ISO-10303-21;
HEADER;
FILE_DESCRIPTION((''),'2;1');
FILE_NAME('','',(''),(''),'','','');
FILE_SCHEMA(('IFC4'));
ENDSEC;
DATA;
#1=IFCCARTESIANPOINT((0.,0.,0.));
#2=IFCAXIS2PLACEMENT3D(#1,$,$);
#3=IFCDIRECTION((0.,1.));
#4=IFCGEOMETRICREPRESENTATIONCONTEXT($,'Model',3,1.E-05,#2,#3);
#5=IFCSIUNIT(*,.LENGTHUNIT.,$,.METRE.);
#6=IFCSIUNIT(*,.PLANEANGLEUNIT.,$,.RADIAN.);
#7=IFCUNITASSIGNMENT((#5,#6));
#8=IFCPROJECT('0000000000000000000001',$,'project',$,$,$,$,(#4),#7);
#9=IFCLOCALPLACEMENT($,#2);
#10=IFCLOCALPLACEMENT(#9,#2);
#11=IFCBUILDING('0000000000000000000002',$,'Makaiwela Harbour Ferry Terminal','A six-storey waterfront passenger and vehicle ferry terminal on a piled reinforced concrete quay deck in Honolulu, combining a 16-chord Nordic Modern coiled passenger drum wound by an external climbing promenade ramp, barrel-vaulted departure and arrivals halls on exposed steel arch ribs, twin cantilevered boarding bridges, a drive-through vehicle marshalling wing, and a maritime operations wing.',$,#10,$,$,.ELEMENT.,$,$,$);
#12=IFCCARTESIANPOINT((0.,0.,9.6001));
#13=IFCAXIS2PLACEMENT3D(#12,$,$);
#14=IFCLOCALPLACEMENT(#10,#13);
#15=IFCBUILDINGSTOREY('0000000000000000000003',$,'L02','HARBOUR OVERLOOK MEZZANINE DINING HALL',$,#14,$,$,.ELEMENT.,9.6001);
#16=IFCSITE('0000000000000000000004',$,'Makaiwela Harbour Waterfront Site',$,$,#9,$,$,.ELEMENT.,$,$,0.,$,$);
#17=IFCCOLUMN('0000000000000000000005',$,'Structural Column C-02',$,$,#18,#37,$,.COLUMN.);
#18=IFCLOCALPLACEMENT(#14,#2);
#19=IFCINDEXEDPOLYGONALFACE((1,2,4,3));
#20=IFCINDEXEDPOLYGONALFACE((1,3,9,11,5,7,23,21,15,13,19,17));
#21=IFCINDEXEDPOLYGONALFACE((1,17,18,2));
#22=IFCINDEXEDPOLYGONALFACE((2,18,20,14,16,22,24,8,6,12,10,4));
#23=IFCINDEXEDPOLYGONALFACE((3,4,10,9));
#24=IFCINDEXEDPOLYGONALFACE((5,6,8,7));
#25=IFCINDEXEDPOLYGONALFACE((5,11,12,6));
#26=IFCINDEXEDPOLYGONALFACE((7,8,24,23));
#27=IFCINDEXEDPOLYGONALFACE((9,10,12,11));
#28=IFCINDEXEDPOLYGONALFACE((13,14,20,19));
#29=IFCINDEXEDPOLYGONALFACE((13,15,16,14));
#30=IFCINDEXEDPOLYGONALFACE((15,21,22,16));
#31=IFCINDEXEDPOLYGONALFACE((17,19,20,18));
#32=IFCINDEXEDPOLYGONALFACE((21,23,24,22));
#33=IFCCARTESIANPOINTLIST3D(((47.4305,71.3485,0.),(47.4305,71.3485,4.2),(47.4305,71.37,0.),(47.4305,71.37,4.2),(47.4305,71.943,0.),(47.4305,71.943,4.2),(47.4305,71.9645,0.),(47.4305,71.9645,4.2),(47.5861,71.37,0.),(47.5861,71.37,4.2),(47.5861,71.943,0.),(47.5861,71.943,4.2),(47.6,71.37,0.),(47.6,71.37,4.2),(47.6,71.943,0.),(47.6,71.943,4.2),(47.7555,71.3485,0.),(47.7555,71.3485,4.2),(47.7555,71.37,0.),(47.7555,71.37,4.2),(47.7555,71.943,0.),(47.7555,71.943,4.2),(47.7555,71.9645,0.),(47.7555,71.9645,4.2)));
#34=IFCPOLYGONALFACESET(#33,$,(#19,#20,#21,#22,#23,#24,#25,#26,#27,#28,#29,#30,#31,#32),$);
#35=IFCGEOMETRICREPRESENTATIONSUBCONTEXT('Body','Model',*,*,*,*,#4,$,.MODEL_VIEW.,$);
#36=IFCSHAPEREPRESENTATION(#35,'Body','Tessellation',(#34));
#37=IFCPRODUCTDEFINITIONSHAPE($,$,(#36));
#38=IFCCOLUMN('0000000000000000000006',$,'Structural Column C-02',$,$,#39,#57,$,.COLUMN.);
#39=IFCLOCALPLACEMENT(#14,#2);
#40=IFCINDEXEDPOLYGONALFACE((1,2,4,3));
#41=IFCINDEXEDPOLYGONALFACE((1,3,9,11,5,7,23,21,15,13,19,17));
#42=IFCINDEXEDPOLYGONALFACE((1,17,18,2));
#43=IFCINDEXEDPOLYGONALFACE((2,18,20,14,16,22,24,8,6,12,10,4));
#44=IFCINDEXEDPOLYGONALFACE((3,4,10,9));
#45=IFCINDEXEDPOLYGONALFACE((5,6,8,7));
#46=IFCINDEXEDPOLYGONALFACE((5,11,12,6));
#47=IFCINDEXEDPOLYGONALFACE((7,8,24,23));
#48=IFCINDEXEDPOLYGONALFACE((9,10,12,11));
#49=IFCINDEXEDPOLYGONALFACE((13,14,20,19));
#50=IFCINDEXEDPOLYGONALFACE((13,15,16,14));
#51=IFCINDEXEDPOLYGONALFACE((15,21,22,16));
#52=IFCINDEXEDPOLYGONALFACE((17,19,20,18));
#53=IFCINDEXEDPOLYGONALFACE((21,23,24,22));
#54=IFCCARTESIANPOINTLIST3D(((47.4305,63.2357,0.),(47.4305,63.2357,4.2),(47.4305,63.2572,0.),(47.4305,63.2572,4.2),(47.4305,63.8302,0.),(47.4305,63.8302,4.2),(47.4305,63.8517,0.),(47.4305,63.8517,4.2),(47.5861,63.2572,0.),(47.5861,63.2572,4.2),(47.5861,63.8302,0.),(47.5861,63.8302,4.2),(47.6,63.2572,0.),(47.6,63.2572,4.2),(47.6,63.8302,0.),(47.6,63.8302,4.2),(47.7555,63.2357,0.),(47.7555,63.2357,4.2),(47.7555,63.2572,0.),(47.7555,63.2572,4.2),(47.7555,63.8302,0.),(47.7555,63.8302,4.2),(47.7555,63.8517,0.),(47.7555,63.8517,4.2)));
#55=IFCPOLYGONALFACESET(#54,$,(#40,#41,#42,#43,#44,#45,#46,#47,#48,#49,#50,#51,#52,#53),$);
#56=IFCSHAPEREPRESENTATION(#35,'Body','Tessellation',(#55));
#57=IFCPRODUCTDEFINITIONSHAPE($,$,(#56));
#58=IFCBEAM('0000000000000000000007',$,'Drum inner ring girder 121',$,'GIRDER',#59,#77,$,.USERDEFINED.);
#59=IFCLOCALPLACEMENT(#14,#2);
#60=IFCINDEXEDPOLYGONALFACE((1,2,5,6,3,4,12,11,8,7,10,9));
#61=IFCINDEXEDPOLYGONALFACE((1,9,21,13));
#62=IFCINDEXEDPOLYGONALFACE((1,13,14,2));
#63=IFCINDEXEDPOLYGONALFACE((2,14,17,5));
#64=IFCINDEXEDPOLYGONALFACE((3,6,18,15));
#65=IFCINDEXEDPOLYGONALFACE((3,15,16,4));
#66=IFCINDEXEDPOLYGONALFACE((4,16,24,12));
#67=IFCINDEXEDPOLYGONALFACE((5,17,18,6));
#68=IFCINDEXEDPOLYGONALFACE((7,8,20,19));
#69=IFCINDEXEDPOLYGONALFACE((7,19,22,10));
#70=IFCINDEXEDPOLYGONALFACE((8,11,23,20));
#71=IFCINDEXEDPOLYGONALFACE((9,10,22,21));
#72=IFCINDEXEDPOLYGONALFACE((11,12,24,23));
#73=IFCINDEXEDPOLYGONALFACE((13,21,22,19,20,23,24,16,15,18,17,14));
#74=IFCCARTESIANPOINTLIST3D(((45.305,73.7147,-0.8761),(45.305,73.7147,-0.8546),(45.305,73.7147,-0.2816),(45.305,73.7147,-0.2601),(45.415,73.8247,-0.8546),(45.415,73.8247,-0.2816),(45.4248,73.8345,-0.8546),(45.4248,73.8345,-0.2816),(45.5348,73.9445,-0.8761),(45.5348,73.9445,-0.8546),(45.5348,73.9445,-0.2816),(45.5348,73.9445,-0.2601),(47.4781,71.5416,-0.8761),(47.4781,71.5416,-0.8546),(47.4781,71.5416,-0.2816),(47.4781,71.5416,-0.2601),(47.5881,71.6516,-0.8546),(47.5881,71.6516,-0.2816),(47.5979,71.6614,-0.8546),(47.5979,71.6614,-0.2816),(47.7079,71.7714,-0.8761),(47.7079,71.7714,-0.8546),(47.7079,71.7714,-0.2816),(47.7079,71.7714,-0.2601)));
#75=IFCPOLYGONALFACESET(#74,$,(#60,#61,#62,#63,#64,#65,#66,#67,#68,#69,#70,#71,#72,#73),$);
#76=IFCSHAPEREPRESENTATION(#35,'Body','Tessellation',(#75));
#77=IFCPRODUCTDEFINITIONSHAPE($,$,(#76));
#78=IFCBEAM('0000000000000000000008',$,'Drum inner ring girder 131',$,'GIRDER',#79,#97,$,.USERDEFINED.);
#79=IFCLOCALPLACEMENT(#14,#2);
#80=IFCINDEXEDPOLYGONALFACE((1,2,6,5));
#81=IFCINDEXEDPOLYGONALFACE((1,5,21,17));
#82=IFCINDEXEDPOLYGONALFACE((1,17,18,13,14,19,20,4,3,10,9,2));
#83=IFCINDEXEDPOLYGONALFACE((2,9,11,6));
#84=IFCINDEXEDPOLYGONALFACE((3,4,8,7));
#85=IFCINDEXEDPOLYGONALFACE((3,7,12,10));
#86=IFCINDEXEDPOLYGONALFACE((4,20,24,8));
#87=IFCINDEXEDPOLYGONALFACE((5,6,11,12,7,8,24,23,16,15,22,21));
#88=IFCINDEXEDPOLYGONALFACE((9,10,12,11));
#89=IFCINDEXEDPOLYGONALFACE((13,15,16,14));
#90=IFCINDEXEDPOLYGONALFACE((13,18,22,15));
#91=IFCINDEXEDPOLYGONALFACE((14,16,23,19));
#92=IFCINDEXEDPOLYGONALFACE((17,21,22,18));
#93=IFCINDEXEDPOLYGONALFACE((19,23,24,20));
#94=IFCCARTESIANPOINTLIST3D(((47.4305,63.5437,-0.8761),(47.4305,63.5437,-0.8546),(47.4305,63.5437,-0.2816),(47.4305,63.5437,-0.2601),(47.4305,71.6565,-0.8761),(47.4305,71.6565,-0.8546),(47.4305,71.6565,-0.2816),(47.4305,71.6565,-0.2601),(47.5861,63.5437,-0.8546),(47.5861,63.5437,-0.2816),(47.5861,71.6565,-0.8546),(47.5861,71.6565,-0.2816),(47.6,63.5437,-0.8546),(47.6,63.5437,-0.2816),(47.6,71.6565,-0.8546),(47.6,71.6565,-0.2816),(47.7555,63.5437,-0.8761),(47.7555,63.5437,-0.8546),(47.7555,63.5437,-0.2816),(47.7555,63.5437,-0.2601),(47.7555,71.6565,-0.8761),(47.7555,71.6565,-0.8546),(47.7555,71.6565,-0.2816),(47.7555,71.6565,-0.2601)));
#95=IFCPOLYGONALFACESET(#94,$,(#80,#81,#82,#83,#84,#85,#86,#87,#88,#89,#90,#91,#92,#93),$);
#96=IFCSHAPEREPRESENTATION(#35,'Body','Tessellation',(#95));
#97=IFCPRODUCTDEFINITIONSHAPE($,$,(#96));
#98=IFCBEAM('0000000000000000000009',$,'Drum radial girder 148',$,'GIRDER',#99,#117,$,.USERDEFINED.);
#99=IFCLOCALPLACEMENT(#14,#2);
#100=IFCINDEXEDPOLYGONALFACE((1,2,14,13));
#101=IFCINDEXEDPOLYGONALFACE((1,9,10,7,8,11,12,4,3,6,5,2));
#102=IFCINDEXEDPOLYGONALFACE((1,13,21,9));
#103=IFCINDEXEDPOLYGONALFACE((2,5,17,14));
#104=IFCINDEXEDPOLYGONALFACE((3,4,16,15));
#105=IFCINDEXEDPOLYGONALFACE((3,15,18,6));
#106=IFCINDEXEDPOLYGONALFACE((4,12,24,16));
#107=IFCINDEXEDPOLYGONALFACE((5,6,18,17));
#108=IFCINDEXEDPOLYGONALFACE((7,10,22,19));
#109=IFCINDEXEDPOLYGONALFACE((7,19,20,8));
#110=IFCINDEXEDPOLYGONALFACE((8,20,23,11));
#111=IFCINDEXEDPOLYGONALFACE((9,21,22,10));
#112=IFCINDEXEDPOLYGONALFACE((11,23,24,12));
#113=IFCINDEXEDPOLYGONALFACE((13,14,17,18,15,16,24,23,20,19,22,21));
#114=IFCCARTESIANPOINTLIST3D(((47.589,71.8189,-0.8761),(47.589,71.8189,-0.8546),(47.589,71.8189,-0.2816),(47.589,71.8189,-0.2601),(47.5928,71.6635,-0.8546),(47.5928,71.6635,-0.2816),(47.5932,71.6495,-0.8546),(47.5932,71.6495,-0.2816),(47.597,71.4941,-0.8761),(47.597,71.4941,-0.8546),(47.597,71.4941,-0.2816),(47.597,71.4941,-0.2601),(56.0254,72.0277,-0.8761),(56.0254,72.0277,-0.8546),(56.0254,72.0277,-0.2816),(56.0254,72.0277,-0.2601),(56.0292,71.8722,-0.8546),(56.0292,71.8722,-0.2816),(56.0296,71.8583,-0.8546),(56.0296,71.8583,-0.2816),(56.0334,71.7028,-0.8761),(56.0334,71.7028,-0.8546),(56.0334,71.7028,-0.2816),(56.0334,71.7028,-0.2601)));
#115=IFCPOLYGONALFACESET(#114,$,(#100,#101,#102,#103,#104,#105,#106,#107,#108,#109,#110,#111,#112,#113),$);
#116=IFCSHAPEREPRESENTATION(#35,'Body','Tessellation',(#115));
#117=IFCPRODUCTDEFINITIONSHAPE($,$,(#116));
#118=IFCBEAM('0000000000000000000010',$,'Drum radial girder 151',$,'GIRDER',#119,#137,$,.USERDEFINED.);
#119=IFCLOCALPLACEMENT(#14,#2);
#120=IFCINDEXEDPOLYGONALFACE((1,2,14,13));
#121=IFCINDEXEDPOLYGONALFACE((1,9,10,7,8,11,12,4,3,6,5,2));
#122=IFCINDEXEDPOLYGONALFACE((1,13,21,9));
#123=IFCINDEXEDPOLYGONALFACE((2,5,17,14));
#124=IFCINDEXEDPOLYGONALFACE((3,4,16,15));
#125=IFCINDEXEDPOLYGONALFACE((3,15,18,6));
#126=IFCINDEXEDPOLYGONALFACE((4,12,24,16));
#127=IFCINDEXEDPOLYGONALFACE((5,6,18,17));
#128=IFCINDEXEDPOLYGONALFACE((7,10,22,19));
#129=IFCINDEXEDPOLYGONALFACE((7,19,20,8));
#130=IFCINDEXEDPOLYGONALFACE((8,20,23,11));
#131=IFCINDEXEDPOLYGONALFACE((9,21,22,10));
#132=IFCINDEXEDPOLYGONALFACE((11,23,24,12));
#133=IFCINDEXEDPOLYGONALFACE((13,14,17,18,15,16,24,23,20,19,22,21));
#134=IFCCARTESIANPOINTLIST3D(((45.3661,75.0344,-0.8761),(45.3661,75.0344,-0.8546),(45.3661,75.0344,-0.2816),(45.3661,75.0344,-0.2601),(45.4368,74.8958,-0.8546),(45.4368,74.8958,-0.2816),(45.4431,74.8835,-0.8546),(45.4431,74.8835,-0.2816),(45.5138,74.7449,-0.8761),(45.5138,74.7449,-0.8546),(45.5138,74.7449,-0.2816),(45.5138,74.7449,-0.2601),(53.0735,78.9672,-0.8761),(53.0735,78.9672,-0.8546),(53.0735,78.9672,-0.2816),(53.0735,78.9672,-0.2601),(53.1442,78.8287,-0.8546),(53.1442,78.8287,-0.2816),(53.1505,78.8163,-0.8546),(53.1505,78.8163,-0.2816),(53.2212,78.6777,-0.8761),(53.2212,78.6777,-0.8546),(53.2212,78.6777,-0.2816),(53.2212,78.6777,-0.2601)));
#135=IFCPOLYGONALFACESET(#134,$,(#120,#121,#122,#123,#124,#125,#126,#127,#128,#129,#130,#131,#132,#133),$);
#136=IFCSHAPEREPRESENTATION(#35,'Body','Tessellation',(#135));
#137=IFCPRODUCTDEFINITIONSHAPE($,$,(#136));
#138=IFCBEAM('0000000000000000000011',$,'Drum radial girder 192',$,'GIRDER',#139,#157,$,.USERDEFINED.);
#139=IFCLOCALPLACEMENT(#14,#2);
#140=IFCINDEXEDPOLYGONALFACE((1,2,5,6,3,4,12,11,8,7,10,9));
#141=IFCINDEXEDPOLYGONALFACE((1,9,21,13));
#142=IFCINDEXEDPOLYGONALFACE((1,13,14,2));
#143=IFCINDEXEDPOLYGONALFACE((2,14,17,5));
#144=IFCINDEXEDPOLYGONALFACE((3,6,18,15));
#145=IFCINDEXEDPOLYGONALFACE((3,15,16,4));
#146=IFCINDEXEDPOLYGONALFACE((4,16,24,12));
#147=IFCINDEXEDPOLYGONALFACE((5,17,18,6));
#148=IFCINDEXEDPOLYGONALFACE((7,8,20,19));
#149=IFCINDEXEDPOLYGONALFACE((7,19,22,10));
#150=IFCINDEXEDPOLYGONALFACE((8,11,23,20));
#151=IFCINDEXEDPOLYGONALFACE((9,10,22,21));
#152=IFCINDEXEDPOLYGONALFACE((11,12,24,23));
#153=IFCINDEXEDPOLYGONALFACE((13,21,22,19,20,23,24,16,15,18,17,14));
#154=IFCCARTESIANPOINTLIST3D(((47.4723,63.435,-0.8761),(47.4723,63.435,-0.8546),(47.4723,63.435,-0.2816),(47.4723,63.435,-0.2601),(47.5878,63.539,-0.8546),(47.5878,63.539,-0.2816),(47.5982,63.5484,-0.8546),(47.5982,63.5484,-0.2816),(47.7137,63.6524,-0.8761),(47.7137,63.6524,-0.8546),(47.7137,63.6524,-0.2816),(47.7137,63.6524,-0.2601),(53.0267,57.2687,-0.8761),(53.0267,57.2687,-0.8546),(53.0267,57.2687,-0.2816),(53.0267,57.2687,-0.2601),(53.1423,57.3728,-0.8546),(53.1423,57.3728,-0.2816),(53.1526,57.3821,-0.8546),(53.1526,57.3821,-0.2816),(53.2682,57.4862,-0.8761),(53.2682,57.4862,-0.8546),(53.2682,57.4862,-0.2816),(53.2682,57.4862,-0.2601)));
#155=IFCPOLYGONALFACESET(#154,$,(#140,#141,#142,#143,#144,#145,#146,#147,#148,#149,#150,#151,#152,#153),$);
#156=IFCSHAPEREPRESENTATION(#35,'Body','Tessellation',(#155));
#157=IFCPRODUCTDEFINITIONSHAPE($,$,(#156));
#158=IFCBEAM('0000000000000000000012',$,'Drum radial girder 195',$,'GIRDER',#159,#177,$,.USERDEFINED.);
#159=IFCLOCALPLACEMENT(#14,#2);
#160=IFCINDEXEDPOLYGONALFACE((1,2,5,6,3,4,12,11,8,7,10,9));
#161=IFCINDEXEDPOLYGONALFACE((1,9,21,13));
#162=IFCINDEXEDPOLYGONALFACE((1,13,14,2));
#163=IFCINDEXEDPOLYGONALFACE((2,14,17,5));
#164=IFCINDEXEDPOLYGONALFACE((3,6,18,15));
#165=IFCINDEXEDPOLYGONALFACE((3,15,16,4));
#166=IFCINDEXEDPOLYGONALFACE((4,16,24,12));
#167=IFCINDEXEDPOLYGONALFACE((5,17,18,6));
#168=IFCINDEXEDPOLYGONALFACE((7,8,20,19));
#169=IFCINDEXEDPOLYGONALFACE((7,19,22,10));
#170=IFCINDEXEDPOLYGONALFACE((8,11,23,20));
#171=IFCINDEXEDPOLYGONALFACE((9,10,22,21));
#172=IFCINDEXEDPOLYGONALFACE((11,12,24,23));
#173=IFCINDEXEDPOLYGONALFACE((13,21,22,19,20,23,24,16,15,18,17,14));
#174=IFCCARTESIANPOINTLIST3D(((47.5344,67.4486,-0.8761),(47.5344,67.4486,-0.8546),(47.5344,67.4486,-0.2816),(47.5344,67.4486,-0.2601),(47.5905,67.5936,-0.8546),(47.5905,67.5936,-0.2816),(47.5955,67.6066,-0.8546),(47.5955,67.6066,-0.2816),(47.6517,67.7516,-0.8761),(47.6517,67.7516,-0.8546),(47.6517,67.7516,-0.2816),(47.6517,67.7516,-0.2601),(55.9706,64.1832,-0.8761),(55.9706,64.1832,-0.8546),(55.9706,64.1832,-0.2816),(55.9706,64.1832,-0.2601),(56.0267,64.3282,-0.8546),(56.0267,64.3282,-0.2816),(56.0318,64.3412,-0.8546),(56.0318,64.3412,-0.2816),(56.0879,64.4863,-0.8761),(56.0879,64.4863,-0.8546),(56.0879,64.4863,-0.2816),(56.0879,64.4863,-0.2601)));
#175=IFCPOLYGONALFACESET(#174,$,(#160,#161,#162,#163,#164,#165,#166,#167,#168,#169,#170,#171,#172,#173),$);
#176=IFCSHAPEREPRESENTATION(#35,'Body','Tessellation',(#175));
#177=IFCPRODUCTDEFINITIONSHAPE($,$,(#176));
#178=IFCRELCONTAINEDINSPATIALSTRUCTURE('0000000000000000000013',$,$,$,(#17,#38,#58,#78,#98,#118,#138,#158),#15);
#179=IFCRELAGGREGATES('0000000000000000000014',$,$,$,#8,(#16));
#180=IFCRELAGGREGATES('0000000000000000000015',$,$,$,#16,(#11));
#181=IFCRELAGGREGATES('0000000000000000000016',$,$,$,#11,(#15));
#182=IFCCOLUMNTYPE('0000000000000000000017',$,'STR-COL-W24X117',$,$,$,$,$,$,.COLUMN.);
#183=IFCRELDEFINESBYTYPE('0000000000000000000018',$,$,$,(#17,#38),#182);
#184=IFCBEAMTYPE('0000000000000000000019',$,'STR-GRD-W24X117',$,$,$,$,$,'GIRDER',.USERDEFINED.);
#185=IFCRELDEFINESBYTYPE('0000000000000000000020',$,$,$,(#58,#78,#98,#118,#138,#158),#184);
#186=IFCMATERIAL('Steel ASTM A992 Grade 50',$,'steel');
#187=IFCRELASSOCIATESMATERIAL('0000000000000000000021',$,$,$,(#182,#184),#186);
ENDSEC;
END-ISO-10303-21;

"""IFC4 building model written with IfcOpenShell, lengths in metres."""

from ifc_helpers import new_model, si_unit, direction, frame, origin, origin_2d, place, context, subcontext, project, spatial, i_section, extrude, material, material_profile, profile_set, type_object, element, save


model = new_model("IFC4")

# Units and contexts
model_context = context("Model", 3, precision=1e-05, world=origin(), true_north=direction((0.0, 1.0)))
body_context = subcontext(model_context, "Body", "Model", "MODEL_VIEW")
ifc_project = project(units=[si_unit("LENGTHUNIT", "METRE"), si_unit("PLANEANGLEUNIT", "RADIAN")], contexts=[model_context])

# Site, building, storey
site_placement = place(None, origin())
site = spatial("IfcSite", under=ifc_project, at=site_placement, Name="Makaiwela Harbour Waterfront Site", CompositionType="ELEMENT", RefElevation=0.0)
building_placement = place(site_placement, origin())
building = spatial("IfcBuilding", under=site, at=building_placement, Name="Makaiwela Harbour Ferry Terminal", Description="A six-storey waterfront passenger and vehicle ferry terminal on a piled reinforced concrete quay deck in Honolulu, combining a 16-chord Nordic Modern coiled passenger drum wound by an external climbing promenade ramp, barrel-vaulted departure and arrivals halls on exposed steel arch ribs, twin cantilevered boarding bridges, a drive-through vehicle marshalling wing, and a maritime operations wing.", CompositionType="ELEMENT")
storey_placement = place(building_placement, frame((0.0, 0.0, 9.6001)))
storey = spatial("IfcBuildingStorey", under=building, at=storey_placement, Name="L02", Description="HARBOUR OVERLOOK MEZZANINE DINING HALL", CompositionType="ELEMENT", Elevation=9.6001)

# Columns
ifc_material_1 = material(Name="Steel ASTM A992 Grade 50", Category="steel")
ifc_material_profile_1 = material_profile(ifc_material_1, i_section(OverallWidth=0.325, OverallDepth=0.616, WebThickness=0.0139, FlangeThickness=0.0215, at=origin_2d()), Name="W24X117")
ifc_profile_set_1 = profile_set([ifc_material_profile_1], Name="Steel ASTM A992 Grade 50")
column_type = type_object("IfcColumnType", Name="STR-COL-W24X117", PredefinedType="COLUMN", material=ifc_profile_set_1)
for number, where, z_axis, x_axis, name in (
    (1, (47.593, 71.6565, 0.0), (0.0, 0.0, 1.0), (1.0, 0.0, 0.0), "Structural Column C-02"),
    (2, (47.593, 63.5437, 0.0), (0.0, 0.0, 1.0), (1.0, 0.0, 0.0), "Structural Column C-02"),
):
    element("IfcColumn", number, at=place(storey_placement, frame(where, z_axis=z_axis, x_axis=x_axis)), inside=storey, type_object=column_type, Name=name, PredefinedType="COLUMN", context=body_context, shape_type="SweptSolid", body=[
        extrude(i_section(OverallWidth=0.325, OverallDepth=0.616, WebThickness=0.0139, FlangeThickness=0.0215, at=origin_2d()), origin(), (0.0, 0.0, 1.0), 4.2),
    ])

# Beams
ifc_material_profile_2 = material_profile(ifc_material_1, i_section(OverallWidth=0.325, OverallDepth=0.616, WebThickness=0.0139, FlangeThickness=0.0215, at=origin_2d()), Name="W24X117")
ifc_profile_set_2 = profile_set([ifc_material_profile_2], Name="Steel ASTM A992 Grade 50")
beam_type_1 = type_object("IfcBeamType", Name="STR-GRD-W24X117", ElementType="GIRDER", PredefinedType="USERDEFINED", material=ifc_profile_set_2)
beam_1_placement = place(storey_placement, frame((47.593, 71.6565, -0.5681), z_axis=(-0.707107, 0.707107, 0.0), x_axis=(-0.707107, -0.707107, 0.0)))
element("IfcBeam", 3, at=beam_1_placement, inside=storey, type_object=beam_type_1, Name="Drum inner ring girder 121", ObjectType="GIRDER", PredefinedType="USERDEFINED", context=body_context, shape_type="SweptSolid", body=[
    extrude(i_section(OverallWidth=0.325, OverallDepth=0.616, WebThickness=0.0139, FlangeThickness=0.0215, at=origin_2d()), origin(), (0.0, 0.0, 1.0), 3.0732),
])
beam_2_placement = place(storey_placement, frame((47.593, 63.5437, -0.5681), z_axis=(0.0, 1.0, 0.0), x_axis=(-1.0, 0.0, 0.0)))
element("IfcBeam", 4, at=beam_2_placement, inside=storey, type_object=beam_type_1, Name="Drum inner ring girder 131", ObjectType="GIRDER", PredefinedType="USERDEFINED", context=body_context, shape_type="SweptSolid", body=[
    extrude(i_section(OverallWidth=0.325, OverallDepth=0.616, WebThickness=0.0139, FlangeThickness=0.0215, at=origin_2d()), origin(), (0.0, 0.0, 1.0), 8.1128),
])
beam_3_placement = place(storey_placement, frame((47.593, 71.6565, -0.5681), z_axis=(0.999694, 0.024736, 0.0), x_axis=(-0.024736, 0.999694, 0.0)))
element("IfcBeam", 5, at=beam_3_placement, inside=storey, type_object=beam_type_1, Name="Drum radial girder 148", ObjectType="GIRDER", PredefinedType="USERDEFINED", context=body_context, shape_type="SweptSolid", body=[
    extrude(i_section(OverallWidth=0.325, OverallDepth=0.616, WebThickness=0.0139, FlangeThickness=0.0215, at=origin_2d()), origin(), (0.0, 0.0, 1.0), 8.439),
])
beam_4_placement = place(storey_placement, frame((45.4399, 74.8896, -0.5681), z_axis=(0.890741, 0.454512, 0.0), x_axis=(-0.454512, 0.890741, 0.0)))
element("IfcBeam", 6, at=beam_4_placement, inside=storey, type_object=beam_type_1, Name="Drum radial girder 151", ObjectType="GIRDER", PredefinedType="USERDEFINED", context=body_context, shape_type="SweptSolid", body=[
    extrude(i_section(OverallWidth=0.325, OverallDepth=0.616, WebThickness=0.0139, FlangeThickness=0.0215, at=origin_2d()), origin(), (0.0, 0.0, 1.0), 8.6528),
])
beam_5_placement = place(storey_placement, frame((47.593, 63.5437, -0.5681), z_axis=(0.669285, -0.743006, 0.0), x_axis=(0.743006, 0.669285, 0.0)))
element("IfcBeam", 7, at=beam_5_placement, inside=storey, type_object=beam_type_1, Name="Drum radial girder 192", ObjectType="GIRDER", PredefinedType="USERDEFINED", context=body_context, shape_type="SweptSolid", body=[
    extrude(i_section(OverallWidth=0.325, OverallDepth=0.616, WebThickness=0.0139, FlangeThickness=0.0215, at=origin_2d()), origin(), (0.0, 0.0, 1.0), 8.2991),
])
beam_6_placement = place(storey_placement, frame((47.593, 67.6001, -0.5681), z_axis=(0.932578, -0.360968, 0.0), x_axis=(0.360968, 0.932578, 0.0)))
element("IfcBeam", 8, at=beam_6_placement, inside=storey, type_object=beam_type_1, Name="Drum radial girder 195", ObjectType="GIRDER", PredefinedType="USERDEFINED", context=body_context, shape_type="SweptSolid", body=[
    extrude(i_section(OverallWidth=0.325, OverallDepth=0.616, WebThickness=0.0139, FlangeThickness=0.0215, at=origin_2d()), origin(), (0.0, 0.0, 1.0), 9.0461),
])

save(model, "model.ifc")
